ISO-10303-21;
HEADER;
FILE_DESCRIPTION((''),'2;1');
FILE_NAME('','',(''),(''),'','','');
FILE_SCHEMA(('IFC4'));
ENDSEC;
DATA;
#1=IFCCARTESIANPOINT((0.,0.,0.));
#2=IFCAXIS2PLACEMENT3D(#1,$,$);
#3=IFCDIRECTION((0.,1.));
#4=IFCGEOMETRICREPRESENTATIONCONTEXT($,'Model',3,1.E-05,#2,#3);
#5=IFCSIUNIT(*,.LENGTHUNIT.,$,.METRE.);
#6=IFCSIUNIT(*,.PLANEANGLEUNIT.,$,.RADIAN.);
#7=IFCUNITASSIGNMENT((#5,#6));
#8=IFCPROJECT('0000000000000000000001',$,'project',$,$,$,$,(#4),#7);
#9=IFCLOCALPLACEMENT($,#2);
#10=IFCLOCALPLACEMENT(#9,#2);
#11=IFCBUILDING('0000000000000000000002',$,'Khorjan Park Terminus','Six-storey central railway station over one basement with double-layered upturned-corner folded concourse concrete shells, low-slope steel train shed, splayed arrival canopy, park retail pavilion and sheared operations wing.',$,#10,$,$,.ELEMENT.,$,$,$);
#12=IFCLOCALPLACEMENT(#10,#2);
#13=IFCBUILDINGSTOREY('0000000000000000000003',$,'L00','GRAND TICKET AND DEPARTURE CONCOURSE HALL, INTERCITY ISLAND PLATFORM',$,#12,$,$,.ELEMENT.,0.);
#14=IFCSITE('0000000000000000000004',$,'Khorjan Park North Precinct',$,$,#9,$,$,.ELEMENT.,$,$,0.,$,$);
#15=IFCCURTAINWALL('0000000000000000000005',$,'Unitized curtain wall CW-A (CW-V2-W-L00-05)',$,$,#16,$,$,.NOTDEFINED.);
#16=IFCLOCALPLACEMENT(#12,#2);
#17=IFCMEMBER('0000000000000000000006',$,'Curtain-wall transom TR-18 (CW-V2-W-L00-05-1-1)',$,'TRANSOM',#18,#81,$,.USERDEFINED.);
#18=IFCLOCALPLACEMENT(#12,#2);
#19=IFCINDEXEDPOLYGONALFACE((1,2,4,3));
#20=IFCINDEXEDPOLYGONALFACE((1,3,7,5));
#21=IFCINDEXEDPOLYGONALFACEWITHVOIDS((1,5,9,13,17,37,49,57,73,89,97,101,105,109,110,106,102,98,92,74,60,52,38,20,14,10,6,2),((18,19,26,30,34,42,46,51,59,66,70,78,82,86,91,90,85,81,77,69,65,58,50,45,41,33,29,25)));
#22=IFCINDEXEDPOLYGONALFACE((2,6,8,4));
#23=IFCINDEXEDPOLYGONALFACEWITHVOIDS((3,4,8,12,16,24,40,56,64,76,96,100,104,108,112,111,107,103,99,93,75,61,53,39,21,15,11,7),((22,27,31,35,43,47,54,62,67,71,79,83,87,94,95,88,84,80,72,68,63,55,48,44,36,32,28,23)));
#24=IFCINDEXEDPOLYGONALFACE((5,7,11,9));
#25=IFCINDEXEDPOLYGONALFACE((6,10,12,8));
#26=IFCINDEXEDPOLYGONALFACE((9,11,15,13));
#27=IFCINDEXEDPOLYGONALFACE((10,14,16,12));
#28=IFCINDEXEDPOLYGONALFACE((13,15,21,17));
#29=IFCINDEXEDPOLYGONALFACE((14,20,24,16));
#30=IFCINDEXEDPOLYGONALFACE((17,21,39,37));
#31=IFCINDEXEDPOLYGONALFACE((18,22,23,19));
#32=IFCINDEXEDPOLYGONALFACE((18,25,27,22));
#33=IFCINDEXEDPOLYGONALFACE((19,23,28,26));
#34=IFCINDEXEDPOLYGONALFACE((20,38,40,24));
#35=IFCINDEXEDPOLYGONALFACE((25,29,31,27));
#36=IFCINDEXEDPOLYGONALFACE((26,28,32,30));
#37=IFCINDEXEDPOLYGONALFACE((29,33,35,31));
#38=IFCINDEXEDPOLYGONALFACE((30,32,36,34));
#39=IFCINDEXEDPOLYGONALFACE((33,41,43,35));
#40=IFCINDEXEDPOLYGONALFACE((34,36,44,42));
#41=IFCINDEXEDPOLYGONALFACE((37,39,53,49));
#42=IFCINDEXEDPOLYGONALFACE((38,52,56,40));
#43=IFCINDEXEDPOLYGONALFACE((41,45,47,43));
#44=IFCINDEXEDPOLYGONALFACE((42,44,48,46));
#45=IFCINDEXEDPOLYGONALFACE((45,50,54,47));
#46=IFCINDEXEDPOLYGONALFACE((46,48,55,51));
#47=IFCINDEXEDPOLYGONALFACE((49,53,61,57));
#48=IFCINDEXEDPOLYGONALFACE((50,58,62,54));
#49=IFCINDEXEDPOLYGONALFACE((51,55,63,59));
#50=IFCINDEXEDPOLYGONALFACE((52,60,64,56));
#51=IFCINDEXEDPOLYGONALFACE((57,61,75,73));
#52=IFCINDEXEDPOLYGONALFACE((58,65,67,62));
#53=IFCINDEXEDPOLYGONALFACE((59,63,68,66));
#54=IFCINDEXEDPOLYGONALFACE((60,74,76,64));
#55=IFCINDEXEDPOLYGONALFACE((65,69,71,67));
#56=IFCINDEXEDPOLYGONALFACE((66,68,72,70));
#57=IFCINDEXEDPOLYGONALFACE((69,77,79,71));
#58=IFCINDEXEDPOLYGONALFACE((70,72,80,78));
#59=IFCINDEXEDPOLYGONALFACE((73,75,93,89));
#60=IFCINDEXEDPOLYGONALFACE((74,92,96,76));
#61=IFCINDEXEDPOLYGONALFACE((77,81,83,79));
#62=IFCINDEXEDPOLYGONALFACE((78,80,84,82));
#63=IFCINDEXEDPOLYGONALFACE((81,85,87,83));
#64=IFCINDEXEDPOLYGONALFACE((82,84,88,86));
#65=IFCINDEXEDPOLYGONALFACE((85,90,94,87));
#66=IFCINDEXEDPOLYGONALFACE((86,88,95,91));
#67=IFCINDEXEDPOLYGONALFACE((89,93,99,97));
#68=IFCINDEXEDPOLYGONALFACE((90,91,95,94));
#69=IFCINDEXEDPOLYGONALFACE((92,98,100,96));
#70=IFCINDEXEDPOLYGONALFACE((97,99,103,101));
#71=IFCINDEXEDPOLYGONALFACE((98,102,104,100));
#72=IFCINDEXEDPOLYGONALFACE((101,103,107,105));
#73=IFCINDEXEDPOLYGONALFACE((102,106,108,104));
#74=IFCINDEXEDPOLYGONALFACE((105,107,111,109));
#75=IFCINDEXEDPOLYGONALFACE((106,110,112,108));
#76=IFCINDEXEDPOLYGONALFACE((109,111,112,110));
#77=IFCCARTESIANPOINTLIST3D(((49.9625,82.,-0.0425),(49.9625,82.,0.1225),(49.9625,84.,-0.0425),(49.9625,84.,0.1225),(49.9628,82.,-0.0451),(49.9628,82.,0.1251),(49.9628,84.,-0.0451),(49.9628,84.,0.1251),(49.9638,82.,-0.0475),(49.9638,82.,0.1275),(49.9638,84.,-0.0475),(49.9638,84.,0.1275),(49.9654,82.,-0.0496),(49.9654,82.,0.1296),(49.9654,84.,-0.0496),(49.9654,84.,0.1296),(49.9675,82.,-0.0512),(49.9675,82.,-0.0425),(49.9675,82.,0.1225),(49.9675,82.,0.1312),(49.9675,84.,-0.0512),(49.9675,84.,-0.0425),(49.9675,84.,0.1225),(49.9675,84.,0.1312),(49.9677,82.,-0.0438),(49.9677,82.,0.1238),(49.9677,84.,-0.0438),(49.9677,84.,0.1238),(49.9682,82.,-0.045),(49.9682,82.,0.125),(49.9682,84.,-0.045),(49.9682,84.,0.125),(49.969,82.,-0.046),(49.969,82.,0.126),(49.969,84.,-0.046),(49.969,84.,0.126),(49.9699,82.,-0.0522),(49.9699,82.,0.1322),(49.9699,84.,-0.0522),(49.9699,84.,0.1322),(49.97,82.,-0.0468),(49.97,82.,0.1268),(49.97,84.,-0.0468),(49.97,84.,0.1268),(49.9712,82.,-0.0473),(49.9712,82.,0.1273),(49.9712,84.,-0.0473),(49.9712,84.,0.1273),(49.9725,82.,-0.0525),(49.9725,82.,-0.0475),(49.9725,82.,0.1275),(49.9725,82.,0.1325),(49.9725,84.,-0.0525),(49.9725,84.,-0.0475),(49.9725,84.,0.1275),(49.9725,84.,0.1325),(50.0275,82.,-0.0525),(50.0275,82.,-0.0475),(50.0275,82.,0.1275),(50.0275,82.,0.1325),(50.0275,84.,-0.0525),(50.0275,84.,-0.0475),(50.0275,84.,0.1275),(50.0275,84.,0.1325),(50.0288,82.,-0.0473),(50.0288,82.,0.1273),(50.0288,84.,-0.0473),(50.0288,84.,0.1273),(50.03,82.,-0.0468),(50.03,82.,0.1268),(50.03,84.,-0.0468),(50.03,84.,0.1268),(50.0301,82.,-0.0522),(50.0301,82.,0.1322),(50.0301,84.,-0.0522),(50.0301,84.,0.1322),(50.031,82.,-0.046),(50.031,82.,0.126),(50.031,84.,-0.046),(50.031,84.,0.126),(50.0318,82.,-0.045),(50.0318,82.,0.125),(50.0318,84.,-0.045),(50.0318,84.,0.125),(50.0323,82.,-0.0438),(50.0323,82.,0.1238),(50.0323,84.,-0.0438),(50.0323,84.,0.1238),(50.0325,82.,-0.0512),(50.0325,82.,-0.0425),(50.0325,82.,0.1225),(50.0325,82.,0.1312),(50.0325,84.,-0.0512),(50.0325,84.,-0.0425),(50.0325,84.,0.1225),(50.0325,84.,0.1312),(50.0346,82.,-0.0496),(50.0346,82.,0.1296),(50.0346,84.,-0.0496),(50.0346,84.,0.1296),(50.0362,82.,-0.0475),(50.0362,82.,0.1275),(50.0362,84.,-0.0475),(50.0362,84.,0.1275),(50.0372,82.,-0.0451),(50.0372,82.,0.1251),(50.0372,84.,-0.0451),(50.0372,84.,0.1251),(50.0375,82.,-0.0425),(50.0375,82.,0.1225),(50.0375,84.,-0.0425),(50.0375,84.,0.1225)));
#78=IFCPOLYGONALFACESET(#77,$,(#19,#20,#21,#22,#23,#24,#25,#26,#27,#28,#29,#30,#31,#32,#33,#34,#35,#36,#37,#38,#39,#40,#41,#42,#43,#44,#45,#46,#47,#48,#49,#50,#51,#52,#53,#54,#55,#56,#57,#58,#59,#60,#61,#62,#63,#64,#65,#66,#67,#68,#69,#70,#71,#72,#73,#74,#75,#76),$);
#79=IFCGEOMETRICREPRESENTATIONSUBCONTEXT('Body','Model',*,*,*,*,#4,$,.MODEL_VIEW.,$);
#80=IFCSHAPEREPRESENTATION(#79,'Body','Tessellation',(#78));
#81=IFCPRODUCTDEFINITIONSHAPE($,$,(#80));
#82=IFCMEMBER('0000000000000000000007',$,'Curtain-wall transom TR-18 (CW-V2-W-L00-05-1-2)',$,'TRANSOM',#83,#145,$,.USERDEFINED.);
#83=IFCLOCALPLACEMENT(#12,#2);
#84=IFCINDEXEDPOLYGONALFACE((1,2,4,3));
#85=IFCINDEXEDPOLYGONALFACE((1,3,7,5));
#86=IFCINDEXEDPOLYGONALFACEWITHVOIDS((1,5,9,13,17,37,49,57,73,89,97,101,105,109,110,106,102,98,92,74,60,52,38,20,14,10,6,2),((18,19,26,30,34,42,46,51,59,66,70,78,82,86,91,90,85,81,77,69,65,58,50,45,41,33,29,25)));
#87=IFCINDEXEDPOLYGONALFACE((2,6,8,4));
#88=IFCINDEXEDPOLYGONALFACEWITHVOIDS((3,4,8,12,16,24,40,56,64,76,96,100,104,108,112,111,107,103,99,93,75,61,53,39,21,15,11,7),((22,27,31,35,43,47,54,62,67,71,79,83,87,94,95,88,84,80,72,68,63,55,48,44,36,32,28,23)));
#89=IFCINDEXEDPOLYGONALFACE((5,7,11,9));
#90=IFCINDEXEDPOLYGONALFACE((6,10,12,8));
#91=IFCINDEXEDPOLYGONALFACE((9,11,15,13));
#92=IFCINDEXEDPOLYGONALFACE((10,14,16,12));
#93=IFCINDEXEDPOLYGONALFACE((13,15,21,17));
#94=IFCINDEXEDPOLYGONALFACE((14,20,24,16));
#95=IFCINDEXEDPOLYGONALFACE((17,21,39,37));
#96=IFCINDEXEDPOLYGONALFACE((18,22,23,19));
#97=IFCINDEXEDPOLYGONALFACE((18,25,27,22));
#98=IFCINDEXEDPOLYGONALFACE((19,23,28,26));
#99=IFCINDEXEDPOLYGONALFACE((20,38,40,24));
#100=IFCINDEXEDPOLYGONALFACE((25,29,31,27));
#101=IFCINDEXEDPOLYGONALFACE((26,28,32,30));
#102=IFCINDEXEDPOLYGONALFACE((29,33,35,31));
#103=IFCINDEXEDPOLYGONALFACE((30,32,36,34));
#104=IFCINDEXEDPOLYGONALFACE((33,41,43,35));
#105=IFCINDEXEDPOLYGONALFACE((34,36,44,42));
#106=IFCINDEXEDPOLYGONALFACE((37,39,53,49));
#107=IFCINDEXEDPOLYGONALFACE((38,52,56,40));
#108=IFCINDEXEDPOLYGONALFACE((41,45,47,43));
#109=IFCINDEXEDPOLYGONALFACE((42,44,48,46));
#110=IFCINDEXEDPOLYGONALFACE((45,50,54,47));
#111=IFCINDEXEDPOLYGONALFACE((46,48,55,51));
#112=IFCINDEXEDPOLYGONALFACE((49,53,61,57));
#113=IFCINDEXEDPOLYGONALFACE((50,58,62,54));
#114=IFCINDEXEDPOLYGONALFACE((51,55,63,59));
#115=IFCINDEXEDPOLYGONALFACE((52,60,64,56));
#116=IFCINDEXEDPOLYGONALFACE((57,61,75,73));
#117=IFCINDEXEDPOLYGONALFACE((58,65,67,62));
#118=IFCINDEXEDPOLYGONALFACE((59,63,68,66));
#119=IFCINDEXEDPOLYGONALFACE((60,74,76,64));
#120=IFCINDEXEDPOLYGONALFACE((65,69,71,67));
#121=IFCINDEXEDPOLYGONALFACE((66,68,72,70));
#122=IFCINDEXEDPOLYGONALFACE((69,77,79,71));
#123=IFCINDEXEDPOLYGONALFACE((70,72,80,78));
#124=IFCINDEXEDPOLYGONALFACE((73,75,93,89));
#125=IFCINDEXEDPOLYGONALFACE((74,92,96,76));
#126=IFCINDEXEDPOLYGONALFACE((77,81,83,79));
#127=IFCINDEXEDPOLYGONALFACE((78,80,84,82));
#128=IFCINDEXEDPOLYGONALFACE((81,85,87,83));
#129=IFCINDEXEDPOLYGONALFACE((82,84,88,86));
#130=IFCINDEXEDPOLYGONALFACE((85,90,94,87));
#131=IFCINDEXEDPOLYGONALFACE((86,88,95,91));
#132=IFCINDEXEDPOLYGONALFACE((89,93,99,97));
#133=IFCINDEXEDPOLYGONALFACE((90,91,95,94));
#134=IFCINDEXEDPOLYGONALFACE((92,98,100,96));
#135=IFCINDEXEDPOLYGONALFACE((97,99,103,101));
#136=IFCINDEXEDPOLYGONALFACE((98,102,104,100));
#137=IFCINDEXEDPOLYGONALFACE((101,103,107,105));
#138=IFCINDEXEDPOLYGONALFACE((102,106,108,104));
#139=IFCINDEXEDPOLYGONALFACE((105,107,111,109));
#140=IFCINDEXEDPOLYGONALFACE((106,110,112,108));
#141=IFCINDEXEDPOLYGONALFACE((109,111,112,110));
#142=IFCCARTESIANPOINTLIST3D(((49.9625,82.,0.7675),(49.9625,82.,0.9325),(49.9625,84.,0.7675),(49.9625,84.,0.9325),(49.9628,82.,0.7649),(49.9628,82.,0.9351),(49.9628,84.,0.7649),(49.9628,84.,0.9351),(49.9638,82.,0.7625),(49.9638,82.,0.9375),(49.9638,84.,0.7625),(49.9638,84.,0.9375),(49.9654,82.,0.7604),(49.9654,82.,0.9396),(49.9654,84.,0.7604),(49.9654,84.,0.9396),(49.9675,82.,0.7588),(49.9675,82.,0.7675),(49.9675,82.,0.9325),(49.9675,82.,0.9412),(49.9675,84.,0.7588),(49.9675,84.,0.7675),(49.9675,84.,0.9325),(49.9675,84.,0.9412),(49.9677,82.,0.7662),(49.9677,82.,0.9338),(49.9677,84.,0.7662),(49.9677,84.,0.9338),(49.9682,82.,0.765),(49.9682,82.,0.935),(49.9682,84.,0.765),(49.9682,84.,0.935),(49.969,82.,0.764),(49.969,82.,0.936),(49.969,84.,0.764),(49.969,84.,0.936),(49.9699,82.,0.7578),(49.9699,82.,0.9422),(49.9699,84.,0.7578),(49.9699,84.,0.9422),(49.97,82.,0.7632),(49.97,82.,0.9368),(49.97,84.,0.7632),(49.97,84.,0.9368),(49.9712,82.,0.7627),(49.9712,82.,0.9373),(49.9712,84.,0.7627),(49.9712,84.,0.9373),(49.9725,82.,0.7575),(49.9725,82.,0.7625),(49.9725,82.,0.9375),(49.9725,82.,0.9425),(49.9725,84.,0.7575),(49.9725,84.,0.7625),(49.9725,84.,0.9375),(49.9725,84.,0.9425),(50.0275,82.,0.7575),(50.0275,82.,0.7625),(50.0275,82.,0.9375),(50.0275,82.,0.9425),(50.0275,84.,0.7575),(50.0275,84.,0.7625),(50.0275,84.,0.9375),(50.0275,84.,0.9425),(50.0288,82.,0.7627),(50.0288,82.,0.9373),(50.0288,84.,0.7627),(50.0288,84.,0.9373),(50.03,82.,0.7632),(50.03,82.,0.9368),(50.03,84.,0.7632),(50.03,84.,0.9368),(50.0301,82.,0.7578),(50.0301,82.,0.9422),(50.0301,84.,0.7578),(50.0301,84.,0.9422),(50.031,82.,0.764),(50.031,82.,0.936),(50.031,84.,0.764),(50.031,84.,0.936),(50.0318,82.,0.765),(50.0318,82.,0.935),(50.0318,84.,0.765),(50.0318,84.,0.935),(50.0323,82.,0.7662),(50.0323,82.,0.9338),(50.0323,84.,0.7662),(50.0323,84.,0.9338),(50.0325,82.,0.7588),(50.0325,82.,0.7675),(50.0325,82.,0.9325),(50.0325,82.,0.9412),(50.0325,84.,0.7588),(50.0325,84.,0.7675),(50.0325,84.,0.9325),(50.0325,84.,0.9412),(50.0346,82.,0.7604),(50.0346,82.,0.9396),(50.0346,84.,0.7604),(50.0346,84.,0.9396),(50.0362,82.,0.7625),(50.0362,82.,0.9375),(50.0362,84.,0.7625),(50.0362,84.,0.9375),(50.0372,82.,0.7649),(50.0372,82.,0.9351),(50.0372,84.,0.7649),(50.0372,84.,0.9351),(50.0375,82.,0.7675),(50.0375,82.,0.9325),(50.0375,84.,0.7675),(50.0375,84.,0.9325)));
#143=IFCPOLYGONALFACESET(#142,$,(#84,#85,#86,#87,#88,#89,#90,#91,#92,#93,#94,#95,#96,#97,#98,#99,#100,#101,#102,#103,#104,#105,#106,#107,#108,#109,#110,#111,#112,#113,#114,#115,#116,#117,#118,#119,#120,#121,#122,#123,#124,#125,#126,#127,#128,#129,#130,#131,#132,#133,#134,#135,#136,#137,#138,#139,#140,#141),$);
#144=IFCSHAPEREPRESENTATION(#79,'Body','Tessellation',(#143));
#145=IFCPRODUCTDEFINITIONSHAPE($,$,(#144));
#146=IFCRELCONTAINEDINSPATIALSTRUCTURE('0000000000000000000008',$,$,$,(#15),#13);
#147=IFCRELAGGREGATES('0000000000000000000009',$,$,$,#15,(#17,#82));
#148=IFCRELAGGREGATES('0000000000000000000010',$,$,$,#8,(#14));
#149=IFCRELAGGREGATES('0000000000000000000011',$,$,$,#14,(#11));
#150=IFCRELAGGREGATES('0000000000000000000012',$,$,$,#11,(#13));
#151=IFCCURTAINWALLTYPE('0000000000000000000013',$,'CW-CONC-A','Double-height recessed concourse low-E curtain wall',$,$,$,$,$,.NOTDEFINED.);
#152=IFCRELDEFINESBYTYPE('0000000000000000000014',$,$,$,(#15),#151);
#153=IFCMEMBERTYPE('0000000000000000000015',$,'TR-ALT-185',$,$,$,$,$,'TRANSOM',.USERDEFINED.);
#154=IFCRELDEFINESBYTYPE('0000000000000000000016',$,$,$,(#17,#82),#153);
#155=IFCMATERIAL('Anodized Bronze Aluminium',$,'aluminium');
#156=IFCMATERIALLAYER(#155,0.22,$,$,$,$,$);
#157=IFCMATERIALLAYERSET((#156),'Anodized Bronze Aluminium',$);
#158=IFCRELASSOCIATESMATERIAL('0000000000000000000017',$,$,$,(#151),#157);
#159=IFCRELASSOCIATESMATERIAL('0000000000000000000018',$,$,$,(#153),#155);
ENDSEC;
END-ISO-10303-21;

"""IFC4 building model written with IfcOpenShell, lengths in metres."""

from ifc_helpers import new_model, si_unit, direction, frame, origin, origin_2d, place, context, subcontext, project, spatial, hollow_rectangle, extrude, material, layer, layer_set, material_profile, profile_set, type_object, element, aggregate, save


model = new_model("IFC4")

# Units and contexts
model_context = context("Model", 3, precision=1e-05, world=origin(), true_north=direction((0.0, 1.0)))
body_context = subcontext(model_context, "Body", "Model", "MODEL_VIEW")
ifc_project = project(units=[si_unit("LENGTHUNIT", "METRE"), si_unit("PLANEANGLEUNIT", "RADIAN")], contexts=[model_context])

# Site, building, storey
site_placement = place(None, origin())
site = spatial("IfcSite", under=ifc_project, at=site_placement, Name="Khorjan Park North Precinct", CompositionType="ELEMENT", RefElevation=0.0)
building_placement = place(site_placement, origin())
building = spatial("IfcBuilding", under=site, at=building_placement, Name="Khorjan Park Terminus", Description="Six-storey central railway station over one basement with double-layered upturned-corner folded concourse concrete shells, low-slope steel train shed, splayed arrival canopy, park retail pavilion and sheared operations wing.", CompositionType="ELEMENT")
storey_placement = place(building_placement, origin())
storey = spatial("IfcBuildingStorey", under=building, at=storey_placement, Name="L00", Description="GRAND TICKET AND DEPARTURE CONCOURSE HALL, INTERCITY ISLAND PLATFORM", CompositionType="ELEMENT", Elevation=0.0)

# Shared definitions
ifc_material_1 = material(Name="Anodized Bronze Aluminium", Category="aluminium")
ifc_layer_1 = layer(ifc_material_1, 0.22)
ifc_layer_set_1 = layer_set([ifc_layer_1], Name="Anodized Bronze Aluminium")
curtain_wall_type = type_object("IfcCurtainWallType", Name="CW-CONC-A", Description="Double-height recessed concourse low-E curtain wall", PredefinedType="NOTDEFINED", material=ifc_layer_set_1)

# Curtain wall, members
curtain_wall_1_placement = place(storey_placement, origin())
curtain_wall_1 = element("IfcCurtainWall", 1, at=curtain_wall_1_placement, inside=storey, type_object=curtain_wall_type, Name="Unitized curtain wall CW-A (CW-V2-W-L00-05)", PredefinedType="NOTDEFINED")
ifc_material_profile_1 = material_profile(ifc_material_1, hollow_rectangle(XDim=0.075, YDim=0.185, WallThickness=0.005, InnerFilletRadius=0.005, OuterFilletRadius=0.01, at=origin_2d()), Name="ALT 75x185x5")
ifc_profile_set_1 = profile_set([ifc_material_profile_1], Name="Anodized Bronze Aluminium")
member_type_1 = type_object("IfcMemberType", Name="TR-ALT-185", ElementType="TRANSOM", PredefinedType="USERDEFINED", material=ifc_profile_set_1)
member_1_placement = place(storey_placement, frame((50.0, 84.0, 0.04), z_axis=(0.0, -1.0, 0.0), x_axis=(1.0, 0.0, 0.0)))
member_1 = element("IfcMember", 2, at=member_1_placement, type_object=member_type_1, Name="Curtain-wall transom TR-18 (CW-V2-W-L00-05-1-1)", ObjectType="TRANSOM", PredefinedType="USERDEFINED", context=body_context, shape_type="SweptSolid", body=[
    extrude(hollow_rectangle(XDim=0.075, YDim=0.185, WallThickness=0.005, InnerFilletRadius=0.005, OuterFilletRadius=0.01, at=origin_2d()), origin(), (0.0, 0.0, 1.0), 2.0),
])
member_2_placement = place(storey_placement, frame((50.0, 84.0, 0.85), z_axis=(0.0, -1.0, 0.0), x_axis=(1.0, 0.0, 0.0)))
member_2 = element("IfcMember", 3, at=member_2_placement, type_object=member_type_1, Name="Curtain-wall transom TR-18 (CW-V2-W-L00-05-1-2)", ObjectType="TRANSOM", PredefinedType="USERDEFINED", context=body_context, shape_type="SweptSolid", body=[
    extrude(hollow_rectangle(XDim=0.075, YDim=0.185, WallThickness=0.005, InnerFilletRadius=0.005, OuterFilletRadius=0.01, at=origin_2d()), origin(), (0.0, 0.0, 1.0), 2.0),
])
aggregate(curtain_wall_1, [member_1, member_2])

save(model, "model.ifc")
